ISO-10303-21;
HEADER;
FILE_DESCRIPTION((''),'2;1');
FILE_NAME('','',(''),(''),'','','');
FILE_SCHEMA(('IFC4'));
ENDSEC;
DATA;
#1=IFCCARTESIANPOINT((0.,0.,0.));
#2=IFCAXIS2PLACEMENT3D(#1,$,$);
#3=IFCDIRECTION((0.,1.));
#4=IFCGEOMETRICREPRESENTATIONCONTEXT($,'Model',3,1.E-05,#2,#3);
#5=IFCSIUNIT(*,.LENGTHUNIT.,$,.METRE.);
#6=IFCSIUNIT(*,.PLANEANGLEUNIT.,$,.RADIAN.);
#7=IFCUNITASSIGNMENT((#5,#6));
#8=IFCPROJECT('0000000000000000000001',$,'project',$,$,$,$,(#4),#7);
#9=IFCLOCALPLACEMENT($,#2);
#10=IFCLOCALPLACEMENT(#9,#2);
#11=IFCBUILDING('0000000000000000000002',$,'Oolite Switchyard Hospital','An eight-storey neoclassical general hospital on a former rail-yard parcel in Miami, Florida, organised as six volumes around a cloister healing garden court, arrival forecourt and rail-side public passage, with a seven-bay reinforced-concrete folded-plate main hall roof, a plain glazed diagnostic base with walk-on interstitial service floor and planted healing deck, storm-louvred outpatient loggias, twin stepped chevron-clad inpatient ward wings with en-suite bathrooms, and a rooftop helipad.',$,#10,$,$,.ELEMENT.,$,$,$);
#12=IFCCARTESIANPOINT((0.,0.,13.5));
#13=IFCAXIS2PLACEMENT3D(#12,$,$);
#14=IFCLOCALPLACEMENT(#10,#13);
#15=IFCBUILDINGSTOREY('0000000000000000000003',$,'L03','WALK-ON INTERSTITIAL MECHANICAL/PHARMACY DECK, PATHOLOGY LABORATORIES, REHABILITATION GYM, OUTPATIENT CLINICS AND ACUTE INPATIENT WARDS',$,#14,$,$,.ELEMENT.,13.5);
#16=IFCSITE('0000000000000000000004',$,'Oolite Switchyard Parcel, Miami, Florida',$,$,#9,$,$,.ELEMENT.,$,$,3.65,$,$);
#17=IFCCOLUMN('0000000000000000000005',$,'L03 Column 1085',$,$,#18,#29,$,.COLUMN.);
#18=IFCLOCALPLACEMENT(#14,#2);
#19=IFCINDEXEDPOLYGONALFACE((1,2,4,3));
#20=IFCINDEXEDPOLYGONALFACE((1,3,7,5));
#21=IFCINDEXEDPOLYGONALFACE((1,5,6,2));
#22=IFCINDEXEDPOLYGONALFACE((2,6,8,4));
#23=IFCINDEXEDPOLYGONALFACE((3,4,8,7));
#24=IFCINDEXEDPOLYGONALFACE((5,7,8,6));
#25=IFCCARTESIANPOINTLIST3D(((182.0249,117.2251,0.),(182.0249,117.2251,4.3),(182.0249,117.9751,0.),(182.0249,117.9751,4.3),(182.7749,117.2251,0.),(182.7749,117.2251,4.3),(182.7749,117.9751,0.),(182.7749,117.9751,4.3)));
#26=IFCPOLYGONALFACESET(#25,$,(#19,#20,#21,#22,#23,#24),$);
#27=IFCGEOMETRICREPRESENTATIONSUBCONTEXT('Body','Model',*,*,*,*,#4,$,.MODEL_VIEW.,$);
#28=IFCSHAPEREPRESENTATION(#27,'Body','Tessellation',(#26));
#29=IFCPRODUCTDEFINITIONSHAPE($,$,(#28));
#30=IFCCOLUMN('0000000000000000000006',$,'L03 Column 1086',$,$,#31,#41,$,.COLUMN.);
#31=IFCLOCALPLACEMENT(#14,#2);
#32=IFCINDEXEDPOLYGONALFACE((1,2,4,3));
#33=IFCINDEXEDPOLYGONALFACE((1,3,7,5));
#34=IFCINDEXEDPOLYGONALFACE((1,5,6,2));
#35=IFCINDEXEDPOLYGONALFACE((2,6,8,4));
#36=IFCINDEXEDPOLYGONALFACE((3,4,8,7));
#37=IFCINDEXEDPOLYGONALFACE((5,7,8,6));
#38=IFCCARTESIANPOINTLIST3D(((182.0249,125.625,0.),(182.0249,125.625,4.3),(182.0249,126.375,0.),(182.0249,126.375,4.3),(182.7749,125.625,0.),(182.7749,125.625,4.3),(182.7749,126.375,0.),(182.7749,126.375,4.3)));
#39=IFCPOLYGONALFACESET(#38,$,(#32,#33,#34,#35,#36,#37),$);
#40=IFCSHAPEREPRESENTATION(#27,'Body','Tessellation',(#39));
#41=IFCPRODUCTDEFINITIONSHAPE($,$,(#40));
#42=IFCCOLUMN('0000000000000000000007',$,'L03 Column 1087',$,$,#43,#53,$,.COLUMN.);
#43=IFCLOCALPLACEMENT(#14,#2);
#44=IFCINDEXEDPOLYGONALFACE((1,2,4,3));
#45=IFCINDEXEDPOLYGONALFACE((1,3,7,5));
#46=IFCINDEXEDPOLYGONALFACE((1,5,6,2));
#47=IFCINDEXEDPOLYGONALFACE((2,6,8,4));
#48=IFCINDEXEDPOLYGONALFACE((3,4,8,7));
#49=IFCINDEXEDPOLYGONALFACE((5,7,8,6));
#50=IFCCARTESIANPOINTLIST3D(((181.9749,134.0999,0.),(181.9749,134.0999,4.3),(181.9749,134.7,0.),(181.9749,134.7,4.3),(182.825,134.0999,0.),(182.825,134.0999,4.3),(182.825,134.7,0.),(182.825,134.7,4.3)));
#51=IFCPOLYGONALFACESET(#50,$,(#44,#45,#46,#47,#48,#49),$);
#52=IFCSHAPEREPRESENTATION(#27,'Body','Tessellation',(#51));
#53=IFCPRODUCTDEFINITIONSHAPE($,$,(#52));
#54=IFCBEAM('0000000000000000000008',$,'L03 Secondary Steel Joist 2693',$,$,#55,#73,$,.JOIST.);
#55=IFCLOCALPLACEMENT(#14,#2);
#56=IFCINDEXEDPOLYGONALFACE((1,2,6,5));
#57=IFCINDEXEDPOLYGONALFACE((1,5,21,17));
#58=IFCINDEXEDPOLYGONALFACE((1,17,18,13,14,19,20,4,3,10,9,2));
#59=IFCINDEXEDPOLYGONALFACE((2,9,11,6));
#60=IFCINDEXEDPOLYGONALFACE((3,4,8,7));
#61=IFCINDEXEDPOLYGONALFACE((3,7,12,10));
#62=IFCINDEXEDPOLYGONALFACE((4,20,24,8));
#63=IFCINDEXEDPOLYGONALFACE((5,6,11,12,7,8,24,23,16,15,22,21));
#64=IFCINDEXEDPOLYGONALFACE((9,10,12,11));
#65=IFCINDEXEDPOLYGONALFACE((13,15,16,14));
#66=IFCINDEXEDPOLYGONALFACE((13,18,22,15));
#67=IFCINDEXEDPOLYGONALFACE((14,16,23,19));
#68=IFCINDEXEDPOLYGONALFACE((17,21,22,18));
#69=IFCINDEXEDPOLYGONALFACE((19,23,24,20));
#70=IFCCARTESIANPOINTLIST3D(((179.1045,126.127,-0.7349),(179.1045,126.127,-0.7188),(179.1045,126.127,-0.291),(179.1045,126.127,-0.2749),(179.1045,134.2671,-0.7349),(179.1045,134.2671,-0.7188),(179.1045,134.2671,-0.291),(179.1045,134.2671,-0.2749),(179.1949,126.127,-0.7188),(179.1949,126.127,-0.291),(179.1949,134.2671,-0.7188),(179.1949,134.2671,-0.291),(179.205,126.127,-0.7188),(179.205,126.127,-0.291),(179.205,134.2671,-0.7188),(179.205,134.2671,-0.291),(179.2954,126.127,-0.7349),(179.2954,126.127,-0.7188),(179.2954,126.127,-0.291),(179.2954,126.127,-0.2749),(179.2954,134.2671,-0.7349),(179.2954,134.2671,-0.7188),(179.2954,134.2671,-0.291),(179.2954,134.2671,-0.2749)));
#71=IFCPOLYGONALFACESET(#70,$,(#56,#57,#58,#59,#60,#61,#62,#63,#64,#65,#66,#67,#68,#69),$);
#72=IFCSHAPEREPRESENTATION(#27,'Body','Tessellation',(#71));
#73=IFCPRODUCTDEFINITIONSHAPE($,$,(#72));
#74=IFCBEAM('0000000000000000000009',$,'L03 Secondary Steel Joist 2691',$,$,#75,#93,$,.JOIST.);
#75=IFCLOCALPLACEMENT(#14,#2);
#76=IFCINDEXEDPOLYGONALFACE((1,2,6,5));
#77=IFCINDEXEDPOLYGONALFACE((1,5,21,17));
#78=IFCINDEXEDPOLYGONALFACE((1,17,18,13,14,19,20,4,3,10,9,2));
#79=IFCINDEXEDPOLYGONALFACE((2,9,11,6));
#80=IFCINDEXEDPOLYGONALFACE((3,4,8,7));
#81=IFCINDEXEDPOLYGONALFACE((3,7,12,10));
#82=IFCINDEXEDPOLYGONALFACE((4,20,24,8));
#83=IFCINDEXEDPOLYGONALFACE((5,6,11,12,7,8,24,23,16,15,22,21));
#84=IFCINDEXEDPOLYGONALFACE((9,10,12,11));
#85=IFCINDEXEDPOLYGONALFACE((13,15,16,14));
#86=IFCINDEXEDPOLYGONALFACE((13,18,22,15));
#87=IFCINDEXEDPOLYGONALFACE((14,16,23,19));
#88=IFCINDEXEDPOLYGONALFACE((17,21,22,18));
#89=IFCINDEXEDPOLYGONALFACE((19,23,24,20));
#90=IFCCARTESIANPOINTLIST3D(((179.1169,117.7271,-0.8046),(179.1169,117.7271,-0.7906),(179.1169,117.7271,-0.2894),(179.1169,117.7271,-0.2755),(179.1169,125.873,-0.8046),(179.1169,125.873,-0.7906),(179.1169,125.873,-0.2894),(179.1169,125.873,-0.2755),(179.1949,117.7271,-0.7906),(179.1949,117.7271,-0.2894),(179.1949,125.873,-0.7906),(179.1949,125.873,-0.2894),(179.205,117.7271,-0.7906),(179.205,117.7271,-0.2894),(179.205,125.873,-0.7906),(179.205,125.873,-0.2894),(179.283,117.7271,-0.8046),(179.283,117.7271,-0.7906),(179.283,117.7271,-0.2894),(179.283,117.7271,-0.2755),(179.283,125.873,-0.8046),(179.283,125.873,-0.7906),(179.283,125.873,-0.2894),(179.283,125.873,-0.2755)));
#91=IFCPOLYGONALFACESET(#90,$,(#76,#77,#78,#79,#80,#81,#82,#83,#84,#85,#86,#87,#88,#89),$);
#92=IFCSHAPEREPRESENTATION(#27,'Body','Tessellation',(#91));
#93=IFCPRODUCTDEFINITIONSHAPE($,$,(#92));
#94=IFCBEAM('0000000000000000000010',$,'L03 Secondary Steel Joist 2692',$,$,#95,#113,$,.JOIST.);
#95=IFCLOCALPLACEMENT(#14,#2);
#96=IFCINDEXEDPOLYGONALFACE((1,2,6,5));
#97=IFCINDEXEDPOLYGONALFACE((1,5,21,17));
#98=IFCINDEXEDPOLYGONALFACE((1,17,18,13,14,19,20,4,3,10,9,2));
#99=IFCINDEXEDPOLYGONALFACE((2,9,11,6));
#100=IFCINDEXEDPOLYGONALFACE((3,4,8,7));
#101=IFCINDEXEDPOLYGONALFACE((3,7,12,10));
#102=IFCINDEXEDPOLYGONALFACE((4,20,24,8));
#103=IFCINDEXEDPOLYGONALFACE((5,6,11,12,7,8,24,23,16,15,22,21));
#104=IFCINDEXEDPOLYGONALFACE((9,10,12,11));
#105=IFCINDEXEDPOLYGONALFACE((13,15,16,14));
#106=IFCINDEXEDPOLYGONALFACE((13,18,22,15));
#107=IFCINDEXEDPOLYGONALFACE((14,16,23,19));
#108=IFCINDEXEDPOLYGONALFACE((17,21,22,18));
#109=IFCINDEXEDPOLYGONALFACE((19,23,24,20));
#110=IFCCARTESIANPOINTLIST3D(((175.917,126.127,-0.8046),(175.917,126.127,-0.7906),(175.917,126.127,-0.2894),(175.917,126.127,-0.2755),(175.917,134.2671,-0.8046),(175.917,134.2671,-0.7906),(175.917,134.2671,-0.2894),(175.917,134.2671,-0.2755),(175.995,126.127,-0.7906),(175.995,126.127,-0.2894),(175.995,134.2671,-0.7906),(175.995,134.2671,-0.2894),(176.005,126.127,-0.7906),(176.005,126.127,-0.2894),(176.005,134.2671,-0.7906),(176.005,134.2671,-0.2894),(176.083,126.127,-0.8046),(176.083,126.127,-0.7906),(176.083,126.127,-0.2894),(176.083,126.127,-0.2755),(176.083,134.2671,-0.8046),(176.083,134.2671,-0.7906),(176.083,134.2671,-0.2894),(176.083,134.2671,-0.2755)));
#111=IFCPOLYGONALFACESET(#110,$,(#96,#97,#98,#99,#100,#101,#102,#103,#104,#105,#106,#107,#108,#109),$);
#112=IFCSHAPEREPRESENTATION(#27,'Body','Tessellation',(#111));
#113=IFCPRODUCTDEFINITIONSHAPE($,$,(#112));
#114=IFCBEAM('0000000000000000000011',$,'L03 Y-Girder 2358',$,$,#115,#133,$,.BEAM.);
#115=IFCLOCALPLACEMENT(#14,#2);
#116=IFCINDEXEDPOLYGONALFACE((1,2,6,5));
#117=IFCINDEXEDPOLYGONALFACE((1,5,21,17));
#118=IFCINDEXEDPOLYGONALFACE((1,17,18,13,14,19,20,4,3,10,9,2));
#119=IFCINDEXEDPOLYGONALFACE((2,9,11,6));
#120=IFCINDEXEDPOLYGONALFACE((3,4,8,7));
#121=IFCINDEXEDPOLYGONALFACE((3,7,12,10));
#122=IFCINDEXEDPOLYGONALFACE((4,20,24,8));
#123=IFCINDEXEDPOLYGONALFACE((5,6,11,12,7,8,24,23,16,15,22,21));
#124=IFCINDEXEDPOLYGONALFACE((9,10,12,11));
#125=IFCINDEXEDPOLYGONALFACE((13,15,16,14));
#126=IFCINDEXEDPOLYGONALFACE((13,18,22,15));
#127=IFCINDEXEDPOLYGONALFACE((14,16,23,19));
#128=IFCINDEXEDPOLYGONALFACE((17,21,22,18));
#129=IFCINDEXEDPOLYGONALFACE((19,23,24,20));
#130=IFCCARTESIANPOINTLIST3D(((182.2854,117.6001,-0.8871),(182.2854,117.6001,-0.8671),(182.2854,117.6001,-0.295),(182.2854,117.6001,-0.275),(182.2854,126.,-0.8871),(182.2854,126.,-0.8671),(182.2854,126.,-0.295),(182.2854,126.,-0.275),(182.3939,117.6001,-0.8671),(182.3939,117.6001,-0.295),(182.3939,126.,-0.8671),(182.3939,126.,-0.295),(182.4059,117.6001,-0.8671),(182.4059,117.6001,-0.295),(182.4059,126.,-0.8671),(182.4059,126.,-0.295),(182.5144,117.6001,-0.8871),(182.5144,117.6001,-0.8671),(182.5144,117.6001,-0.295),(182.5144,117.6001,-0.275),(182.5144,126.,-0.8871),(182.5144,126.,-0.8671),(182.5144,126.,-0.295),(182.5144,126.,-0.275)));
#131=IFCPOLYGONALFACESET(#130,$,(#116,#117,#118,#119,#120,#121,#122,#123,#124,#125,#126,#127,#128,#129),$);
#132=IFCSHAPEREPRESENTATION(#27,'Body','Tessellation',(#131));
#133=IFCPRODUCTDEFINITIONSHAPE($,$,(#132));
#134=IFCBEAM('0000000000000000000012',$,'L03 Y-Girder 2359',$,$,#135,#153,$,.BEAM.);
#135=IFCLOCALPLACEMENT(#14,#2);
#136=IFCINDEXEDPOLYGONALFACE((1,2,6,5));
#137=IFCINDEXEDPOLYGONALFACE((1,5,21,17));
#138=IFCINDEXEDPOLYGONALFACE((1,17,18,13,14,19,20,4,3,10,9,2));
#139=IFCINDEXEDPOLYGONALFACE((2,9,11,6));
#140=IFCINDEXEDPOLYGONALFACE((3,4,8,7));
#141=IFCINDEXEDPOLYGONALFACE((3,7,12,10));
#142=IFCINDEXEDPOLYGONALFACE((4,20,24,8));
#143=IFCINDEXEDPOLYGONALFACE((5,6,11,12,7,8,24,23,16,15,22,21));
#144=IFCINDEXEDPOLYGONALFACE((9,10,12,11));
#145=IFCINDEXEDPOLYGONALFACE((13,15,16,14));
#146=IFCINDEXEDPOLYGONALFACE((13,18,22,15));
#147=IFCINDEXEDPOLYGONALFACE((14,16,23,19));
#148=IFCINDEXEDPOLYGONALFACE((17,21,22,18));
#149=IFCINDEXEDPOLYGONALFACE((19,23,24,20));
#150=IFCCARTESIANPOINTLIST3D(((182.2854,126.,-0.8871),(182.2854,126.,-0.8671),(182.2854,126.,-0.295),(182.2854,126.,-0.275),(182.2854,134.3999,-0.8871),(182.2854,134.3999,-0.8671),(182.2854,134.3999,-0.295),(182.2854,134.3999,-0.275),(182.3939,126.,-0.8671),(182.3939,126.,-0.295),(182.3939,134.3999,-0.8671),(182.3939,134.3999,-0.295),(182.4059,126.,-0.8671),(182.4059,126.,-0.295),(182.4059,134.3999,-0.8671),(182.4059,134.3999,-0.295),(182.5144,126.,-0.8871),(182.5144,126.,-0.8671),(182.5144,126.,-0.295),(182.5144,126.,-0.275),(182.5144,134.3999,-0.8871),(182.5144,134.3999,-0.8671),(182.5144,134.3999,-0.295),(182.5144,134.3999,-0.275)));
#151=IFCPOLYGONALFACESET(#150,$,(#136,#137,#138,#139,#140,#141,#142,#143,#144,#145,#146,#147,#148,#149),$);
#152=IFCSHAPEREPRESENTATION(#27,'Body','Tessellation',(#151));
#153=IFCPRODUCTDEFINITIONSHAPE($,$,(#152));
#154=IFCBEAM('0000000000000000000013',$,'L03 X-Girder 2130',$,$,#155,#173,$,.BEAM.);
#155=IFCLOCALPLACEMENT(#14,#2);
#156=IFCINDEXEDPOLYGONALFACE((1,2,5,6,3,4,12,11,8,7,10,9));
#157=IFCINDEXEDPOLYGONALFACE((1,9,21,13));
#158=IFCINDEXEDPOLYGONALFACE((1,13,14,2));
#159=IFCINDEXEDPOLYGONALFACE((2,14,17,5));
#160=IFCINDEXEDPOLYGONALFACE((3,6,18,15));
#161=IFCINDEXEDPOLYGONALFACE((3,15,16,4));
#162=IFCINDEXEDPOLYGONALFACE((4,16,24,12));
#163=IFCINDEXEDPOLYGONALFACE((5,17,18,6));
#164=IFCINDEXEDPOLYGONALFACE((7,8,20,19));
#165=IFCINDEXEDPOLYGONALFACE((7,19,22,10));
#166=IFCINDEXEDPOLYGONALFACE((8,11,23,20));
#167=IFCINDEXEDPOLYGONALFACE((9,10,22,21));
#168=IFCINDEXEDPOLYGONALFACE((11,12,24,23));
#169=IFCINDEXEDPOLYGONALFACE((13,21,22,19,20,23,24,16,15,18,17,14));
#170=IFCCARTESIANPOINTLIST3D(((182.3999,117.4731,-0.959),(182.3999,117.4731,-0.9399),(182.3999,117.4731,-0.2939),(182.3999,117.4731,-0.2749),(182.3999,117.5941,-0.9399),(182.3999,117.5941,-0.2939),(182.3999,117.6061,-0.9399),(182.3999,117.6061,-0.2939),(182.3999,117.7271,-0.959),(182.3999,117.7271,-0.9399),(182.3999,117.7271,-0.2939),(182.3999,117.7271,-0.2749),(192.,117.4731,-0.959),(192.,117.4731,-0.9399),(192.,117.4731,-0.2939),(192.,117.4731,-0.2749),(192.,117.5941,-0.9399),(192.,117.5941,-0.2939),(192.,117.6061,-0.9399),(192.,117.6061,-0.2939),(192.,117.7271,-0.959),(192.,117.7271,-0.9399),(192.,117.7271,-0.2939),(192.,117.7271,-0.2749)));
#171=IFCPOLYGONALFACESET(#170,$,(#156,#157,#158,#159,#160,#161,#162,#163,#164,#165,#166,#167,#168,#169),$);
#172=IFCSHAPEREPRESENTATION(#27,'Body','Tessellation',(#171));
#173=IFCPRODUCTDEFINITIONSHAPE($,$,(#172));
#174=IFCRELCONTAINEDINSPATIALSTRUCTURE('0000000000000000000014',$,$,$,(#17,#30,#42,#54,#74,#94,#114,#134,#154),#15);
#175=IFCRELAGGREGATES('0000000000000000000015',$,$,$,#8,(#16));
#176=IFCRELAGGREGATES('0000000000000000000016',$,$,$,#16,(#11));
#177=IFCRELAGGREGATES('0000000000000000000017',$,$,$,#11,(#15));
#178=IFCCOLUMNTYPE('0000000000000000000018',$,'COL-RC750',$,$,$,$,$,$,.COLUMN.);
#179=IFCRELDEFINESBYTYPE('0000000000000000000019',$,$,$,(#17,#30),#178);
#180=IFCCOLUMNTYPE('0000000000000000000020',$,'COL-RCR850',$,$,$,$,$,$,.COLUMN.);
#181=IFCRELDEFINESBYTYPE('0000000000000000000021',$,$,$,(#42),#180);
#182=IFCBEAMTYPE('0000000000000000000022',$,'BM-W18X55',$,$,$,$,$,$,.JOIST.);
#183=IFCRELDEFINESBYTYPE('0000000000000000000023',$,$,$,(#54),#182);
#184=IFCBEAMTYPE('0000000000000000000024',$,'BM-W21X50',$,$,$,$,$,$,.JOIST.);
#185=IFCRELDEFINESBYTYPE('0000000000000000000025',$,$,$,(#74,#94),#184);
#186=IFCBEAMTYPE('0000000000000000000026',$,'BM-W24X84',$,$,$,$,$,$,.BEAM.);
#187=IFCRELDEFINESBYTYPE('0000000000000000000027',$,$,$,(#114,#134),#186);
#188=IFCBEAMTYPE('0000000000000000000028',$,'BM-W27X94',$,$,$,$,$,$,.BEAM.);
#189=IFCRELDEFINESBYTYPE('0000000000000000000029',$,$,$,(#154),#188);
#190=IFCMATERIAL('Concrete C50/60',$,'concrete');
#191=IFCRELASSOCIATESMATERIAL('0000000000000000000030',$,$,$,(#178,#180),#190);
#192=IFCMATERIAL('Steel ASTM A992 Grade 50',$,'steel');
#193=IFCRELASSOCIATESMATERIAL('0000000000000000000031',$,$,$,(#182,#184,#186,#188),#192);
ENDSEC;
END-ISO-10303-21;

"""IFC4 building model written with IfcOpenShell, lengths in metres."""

from ifc_helpers import new_model, si_unit, direction, frame, origin, origin_2d, place, context, subcontext, project, spatial, rectangle, i_section, extrude, material, material_profile, profile_set, type_object, element, save


model = new_model("IFC4")

# Units and contexts
model_context = context("Model", 3, precision=1e-05, world=origin(), true_north=direction((0.0, 1.0)))
body_context = subcontext(model_context, "Body", "Model", "MODEL_VIEW")
ifc_project = project(units=[si_unit("LENGTHUNIT", "METRE"), si_unit("PLANEANGLEUNIT", "RADIAN")], contexts=[model_context])

# Site, building, storey
site_placement = place(None, origin())
site = spatial("IfcSite", under=ifc_project, at=site_placement, Name="Oolite Switchyard Parcel, Miami, Florida", CompositionType="ELEMENT", RefElevation=3.65)
building_placement = place(site_placement, origin())
building = spatial("IfcBuilding", under=site, at=building_placement, Name="Oolite Switchyard Hospital", Description="An eight-storey neoclassical general hospital on a former rail-yard parcel in Miami, Florida, organised as six volumes around a cloister healing garden court, arrival forecourt and rail-side public passage, with a seven-bay reinforced-concrete folded-plate main hall roof, a plain glazed diagnostic base with walk-on interstitial service floor and planted healing deck, storm-louvred outpatient loggias, twin stepped chevron-clad inpatient ward wings with en-suite bathrooms, and a rooftop helipad.", CompositionType="ELEMENT")
storey_placement = place(building_placement, frame((0.0, 0.0, 13.5)))
storey = spatial("IfcBuildingStorey", under=building, at=storey_placement, Name="L03", Description="WALK-ON INTERSTITIAL MECHANICAL/PHARMACY DECK, PATHOLOGY LABORATORIES, REHABILITATION GYM, OUTPATIENT CLINICS AND ACUTE INPATIENT WARDS", CompositionType="ELEMENT", Elevation=13.5)

# Columns
ifc_material_1 = material(Name="Concrete C50/60", Category="concrete")
ifc_material_profile_1 = material_profile(ifc_material_1, rectangle(XDim=0.75, YDim=0.75, at=origin_2d()), Name="RC750X750")
ifc_profile_set_1 = profile_set([ifc_material_profile_1], Name="Concrete C50/60")
column_type_1 = type_object("IfcColumnType", Name="COL-RC750", PredefinedType="COLUMN", material=ifc_profile_set_1)
for number, where, z_axis, x_axis, name in (
    (1, (182.3999, 117.6001, 0.0), (0.0, 0.0, 1.0), (1.0, 0.0, 0.0), "L03 Column 1085"),
    (2, (182.3999, 126.0, 0.0), (0.0, 0.0, 1.0), (1.0, 0.0, 0.0), "L03 Column 1086"),
):
    element("IfcColumn", number, at=place(storey_placement, frame(where, z_axis=z_axis, x_axis=x_axis)), inside=storey, type_object=column_type_1, Name=name, PredefinedType="COLUMN", context=body_context, shape_type="SweptSolid", body=[
        extrude(rectangle(XDim=0.75, YDim=0.75, at=origin_2d()), origin(), (0.0, 0.0, 1.0), 4.3),
    ])
ifc_material_profile_2 = material_profile(ifc_material_1, rectangle(XDim=0.8501, YDim=0.6001, at=origin_2d()), Name="RC850X600")
ifc_profile_set_2 = profile_set([ifc_material_profile_2], Name="Concrete C50/60")
column_type_2 = type_object("IfcColumnType", Name="COL-RCR850", PredefinedType="COLUMN", material=ifc_profile_set_2)
column_placement = place(storey_placement, frame((182.3999, 134.3999, 0.0), z_axis=(0.0, 0.0, 1.0), x_axis=(1.0, 0.0, 0.0)))
element("IfcColumn", 3, at=column_placement, inside=storey, type_object=column_type_2, Name="L03 Column 1087", PredefinedType="COLUMN", context=body_context, shape_type="SweptSolid", body=[
    extrude(rectangle(XDim=0.8501, YDim=0.6001, at=origin_2d()), origin(), (0.0, 0.0, 1.0), 4.3),
])

# Beams
ifc_material_2 = material(Name="Steel ASTM A992 Grade 50", Category="steel")
ifc_material_profile_3 = material_profile(ifc_material_2, i_section(OverallWidth=0.1909, OverallDepth=0.46, WebThickness=0.01, FlangeThickness=0.0161, at=origin_2d()), Name="W18X55")
ifc_profile_set_3 = profile_set([ifc_material_profile_3], Name="Steel ASTM A992 Grade 50")
beam_type_1 = type_object("IfcBeamType", Name="BM-W18X55", PredefinedType="JOIST", material=ifc_profile_set_3)
beam_1_placement = place(storey_placement, frame((179.2, 126.127, -0.5049), z_axis=(0.0, 1.0, 0.0), x_axis=(-1.0, 0.0, 0.0)))
element("IfcBeam", 4, at=beam_1_placement, inside=storey, type_object=beam_type_1, Name="L03 Secondary Steel Joist 2693", PredefinedType="JOIST", context=body_context, shape_type="SweptSolid", body=[
    extrude(i_section(OverallWidth=0.1909, OverallDepth=0.46, WebThickness=0.01, FlangeThickness=0.0161, at=origin_2d()), origin(), (0.0, 0.0, 1.0), 8.1401),
])
ifc_material_profile_4 = material_profile(ifc_material_2, i_section(OverallWidth=0.166, OverallDepth=0.5291, WebThickness=0.01, FlangeThickness=0.0139, at=origin_2d()), Name="W21X50")
ifc_profile_set_4 = profile_set([ifc_material_profile_4], Name="Steel ASTM A992 Grade 50")
beam_type_2 = type_object("IfcBeamType", Name="BM-W21X50", PredefinedType="JOIST", material=ifc_profile_set_4)
beam_2_placement = place(storey_placement, frame((179.2, 117.7271, -0.54), z_axis=(0.0, 1.0, 0.0), x_axis=(-1.0, 0.0, 0.0)))
element("IfcBeam", 5, at=beam_2_placement, inside=storey, type_object=beam_type_2, Name="L03 Secondary Steel Joist 2691", PredefinedType="JOIST", context=body_context, shape_type="SweptSolid", body=[
    extrude(i_section(OverallWidth=0.166, OverallDepth=0.5291, WebThickness=0.01, FlangeThickness=0.0139, at=origin_2d()), origin(), (0.0, 0.0, 1.0), 8.146),
])
beam_3_placement = place(storey_placement, frame((176.0, 126.127, -0.54), z_axis=(0.0, 1.0, 0.0), x_axis=(-1.0, 0.0, 0.0)))
element("IfcBeam", 6, at=beam_3_placement, inside=storey, type_object=beam_type_2, Name="L03 Secondary Steel Joist 2692", PredefinedType="JOIST", context=body_context, shape_type="SweptSolid", body=[
    extrude(i_section(OverallWidth=0.166, OverallDepth=0.5291, WebThickness=0.01, FlangeThickness=0.0139, at=origin_2d()), origin(), (0.0, 0.0, 1.0), 8.1401),
])
ifc_material_profile_5 = material_profile(ifc_material_2, i_section(OverallWidth=0.229, OverallDepth=0.6121, WebThickness=0.012, FlangeThickness=0.02, at=origin_2d()), Name="W24X84")
ifc_profile_set_5 = profile_set([ifc_material_profile_5], Name="Steel ASTM A992 Grade 50")
beam_type_3 = type_object("IfcBeamType", Name="BM-W24X84", PredefinedType="BEAM", material=ifc_profile_set_5)
for number, where, z_axis, x_axis, name in (
    (7, (182.3999, 117.6001, -0.5811), (0.0, 1.0, 0.0), (-1.0, 0.0, 0.0), "L03 Y-Girder 2358"),
    (8, (182.3999, 126.0, -0.5811), (0.0, 1.0, 0.0), (-1.0, 0.0, 0.0), "L03 Y-Girder 2359"),
):
    element("IfcBeam", number, at=place(storey_placement, frame(where, z_axis=z_axis, x_axis=x_axis)), inside=storey, type_object=beam_type_3, Name=name, PredefinedType="BEAM", context=body_context, shape_type="SweptSolid", body=[
        extrude(i_section(OverallWidth=0.229, OverallDepth=0.6121, WebThickness=0.012, FlangeThickness=0.02, at=origin_2d()), origin(), (0.0, 0.0, 1.0), 8.3999),
    ])
ifc_material_profile_6 = material_profile(ifc_material_2, i_section(OverallWidth=0.2539, OverallDepth=0.6841, WebThickness=0.012, FlangeThickness=0.019, at=origin_2d()), Name="W27X94")
ifc_profile_set_6 = profile_set([ifc_material_profile_6], Name="Steel ASTM A992 Grade 50")
beam_type_4 = type_object("IfcBeamType", Name="BM-W27X94", PredefinedType="BEAM", material=ifc_profile_set_6)
for number, where, z_axis, x_axis, name in (
    (9, (182.3999, 117.6001, -0.6169), (1.0, 0.0, 0.0), (0.0, 1.0, 0.0), "L03 X-Girder 2130"),
):
    element("IfcBeam", number, at=place(storey_placement, frame(where, z_axis=z_axis, x_axis=x_axis)), inside=storey, type_object=beam_type_4, Name=name, PredefinedType="BEAM", context=body_context, shape_type="SweptSolid", body=[
        extrude(i_section(OverallWidth=0.2539, OverallDepth=0.6841, WebThickness=0.012, FlangeThickness=0.019, at=origin_2d()), origin(), (0.0, 0.0, 1.0), 9.6001),
    ])

save(model, "model.ifc")
